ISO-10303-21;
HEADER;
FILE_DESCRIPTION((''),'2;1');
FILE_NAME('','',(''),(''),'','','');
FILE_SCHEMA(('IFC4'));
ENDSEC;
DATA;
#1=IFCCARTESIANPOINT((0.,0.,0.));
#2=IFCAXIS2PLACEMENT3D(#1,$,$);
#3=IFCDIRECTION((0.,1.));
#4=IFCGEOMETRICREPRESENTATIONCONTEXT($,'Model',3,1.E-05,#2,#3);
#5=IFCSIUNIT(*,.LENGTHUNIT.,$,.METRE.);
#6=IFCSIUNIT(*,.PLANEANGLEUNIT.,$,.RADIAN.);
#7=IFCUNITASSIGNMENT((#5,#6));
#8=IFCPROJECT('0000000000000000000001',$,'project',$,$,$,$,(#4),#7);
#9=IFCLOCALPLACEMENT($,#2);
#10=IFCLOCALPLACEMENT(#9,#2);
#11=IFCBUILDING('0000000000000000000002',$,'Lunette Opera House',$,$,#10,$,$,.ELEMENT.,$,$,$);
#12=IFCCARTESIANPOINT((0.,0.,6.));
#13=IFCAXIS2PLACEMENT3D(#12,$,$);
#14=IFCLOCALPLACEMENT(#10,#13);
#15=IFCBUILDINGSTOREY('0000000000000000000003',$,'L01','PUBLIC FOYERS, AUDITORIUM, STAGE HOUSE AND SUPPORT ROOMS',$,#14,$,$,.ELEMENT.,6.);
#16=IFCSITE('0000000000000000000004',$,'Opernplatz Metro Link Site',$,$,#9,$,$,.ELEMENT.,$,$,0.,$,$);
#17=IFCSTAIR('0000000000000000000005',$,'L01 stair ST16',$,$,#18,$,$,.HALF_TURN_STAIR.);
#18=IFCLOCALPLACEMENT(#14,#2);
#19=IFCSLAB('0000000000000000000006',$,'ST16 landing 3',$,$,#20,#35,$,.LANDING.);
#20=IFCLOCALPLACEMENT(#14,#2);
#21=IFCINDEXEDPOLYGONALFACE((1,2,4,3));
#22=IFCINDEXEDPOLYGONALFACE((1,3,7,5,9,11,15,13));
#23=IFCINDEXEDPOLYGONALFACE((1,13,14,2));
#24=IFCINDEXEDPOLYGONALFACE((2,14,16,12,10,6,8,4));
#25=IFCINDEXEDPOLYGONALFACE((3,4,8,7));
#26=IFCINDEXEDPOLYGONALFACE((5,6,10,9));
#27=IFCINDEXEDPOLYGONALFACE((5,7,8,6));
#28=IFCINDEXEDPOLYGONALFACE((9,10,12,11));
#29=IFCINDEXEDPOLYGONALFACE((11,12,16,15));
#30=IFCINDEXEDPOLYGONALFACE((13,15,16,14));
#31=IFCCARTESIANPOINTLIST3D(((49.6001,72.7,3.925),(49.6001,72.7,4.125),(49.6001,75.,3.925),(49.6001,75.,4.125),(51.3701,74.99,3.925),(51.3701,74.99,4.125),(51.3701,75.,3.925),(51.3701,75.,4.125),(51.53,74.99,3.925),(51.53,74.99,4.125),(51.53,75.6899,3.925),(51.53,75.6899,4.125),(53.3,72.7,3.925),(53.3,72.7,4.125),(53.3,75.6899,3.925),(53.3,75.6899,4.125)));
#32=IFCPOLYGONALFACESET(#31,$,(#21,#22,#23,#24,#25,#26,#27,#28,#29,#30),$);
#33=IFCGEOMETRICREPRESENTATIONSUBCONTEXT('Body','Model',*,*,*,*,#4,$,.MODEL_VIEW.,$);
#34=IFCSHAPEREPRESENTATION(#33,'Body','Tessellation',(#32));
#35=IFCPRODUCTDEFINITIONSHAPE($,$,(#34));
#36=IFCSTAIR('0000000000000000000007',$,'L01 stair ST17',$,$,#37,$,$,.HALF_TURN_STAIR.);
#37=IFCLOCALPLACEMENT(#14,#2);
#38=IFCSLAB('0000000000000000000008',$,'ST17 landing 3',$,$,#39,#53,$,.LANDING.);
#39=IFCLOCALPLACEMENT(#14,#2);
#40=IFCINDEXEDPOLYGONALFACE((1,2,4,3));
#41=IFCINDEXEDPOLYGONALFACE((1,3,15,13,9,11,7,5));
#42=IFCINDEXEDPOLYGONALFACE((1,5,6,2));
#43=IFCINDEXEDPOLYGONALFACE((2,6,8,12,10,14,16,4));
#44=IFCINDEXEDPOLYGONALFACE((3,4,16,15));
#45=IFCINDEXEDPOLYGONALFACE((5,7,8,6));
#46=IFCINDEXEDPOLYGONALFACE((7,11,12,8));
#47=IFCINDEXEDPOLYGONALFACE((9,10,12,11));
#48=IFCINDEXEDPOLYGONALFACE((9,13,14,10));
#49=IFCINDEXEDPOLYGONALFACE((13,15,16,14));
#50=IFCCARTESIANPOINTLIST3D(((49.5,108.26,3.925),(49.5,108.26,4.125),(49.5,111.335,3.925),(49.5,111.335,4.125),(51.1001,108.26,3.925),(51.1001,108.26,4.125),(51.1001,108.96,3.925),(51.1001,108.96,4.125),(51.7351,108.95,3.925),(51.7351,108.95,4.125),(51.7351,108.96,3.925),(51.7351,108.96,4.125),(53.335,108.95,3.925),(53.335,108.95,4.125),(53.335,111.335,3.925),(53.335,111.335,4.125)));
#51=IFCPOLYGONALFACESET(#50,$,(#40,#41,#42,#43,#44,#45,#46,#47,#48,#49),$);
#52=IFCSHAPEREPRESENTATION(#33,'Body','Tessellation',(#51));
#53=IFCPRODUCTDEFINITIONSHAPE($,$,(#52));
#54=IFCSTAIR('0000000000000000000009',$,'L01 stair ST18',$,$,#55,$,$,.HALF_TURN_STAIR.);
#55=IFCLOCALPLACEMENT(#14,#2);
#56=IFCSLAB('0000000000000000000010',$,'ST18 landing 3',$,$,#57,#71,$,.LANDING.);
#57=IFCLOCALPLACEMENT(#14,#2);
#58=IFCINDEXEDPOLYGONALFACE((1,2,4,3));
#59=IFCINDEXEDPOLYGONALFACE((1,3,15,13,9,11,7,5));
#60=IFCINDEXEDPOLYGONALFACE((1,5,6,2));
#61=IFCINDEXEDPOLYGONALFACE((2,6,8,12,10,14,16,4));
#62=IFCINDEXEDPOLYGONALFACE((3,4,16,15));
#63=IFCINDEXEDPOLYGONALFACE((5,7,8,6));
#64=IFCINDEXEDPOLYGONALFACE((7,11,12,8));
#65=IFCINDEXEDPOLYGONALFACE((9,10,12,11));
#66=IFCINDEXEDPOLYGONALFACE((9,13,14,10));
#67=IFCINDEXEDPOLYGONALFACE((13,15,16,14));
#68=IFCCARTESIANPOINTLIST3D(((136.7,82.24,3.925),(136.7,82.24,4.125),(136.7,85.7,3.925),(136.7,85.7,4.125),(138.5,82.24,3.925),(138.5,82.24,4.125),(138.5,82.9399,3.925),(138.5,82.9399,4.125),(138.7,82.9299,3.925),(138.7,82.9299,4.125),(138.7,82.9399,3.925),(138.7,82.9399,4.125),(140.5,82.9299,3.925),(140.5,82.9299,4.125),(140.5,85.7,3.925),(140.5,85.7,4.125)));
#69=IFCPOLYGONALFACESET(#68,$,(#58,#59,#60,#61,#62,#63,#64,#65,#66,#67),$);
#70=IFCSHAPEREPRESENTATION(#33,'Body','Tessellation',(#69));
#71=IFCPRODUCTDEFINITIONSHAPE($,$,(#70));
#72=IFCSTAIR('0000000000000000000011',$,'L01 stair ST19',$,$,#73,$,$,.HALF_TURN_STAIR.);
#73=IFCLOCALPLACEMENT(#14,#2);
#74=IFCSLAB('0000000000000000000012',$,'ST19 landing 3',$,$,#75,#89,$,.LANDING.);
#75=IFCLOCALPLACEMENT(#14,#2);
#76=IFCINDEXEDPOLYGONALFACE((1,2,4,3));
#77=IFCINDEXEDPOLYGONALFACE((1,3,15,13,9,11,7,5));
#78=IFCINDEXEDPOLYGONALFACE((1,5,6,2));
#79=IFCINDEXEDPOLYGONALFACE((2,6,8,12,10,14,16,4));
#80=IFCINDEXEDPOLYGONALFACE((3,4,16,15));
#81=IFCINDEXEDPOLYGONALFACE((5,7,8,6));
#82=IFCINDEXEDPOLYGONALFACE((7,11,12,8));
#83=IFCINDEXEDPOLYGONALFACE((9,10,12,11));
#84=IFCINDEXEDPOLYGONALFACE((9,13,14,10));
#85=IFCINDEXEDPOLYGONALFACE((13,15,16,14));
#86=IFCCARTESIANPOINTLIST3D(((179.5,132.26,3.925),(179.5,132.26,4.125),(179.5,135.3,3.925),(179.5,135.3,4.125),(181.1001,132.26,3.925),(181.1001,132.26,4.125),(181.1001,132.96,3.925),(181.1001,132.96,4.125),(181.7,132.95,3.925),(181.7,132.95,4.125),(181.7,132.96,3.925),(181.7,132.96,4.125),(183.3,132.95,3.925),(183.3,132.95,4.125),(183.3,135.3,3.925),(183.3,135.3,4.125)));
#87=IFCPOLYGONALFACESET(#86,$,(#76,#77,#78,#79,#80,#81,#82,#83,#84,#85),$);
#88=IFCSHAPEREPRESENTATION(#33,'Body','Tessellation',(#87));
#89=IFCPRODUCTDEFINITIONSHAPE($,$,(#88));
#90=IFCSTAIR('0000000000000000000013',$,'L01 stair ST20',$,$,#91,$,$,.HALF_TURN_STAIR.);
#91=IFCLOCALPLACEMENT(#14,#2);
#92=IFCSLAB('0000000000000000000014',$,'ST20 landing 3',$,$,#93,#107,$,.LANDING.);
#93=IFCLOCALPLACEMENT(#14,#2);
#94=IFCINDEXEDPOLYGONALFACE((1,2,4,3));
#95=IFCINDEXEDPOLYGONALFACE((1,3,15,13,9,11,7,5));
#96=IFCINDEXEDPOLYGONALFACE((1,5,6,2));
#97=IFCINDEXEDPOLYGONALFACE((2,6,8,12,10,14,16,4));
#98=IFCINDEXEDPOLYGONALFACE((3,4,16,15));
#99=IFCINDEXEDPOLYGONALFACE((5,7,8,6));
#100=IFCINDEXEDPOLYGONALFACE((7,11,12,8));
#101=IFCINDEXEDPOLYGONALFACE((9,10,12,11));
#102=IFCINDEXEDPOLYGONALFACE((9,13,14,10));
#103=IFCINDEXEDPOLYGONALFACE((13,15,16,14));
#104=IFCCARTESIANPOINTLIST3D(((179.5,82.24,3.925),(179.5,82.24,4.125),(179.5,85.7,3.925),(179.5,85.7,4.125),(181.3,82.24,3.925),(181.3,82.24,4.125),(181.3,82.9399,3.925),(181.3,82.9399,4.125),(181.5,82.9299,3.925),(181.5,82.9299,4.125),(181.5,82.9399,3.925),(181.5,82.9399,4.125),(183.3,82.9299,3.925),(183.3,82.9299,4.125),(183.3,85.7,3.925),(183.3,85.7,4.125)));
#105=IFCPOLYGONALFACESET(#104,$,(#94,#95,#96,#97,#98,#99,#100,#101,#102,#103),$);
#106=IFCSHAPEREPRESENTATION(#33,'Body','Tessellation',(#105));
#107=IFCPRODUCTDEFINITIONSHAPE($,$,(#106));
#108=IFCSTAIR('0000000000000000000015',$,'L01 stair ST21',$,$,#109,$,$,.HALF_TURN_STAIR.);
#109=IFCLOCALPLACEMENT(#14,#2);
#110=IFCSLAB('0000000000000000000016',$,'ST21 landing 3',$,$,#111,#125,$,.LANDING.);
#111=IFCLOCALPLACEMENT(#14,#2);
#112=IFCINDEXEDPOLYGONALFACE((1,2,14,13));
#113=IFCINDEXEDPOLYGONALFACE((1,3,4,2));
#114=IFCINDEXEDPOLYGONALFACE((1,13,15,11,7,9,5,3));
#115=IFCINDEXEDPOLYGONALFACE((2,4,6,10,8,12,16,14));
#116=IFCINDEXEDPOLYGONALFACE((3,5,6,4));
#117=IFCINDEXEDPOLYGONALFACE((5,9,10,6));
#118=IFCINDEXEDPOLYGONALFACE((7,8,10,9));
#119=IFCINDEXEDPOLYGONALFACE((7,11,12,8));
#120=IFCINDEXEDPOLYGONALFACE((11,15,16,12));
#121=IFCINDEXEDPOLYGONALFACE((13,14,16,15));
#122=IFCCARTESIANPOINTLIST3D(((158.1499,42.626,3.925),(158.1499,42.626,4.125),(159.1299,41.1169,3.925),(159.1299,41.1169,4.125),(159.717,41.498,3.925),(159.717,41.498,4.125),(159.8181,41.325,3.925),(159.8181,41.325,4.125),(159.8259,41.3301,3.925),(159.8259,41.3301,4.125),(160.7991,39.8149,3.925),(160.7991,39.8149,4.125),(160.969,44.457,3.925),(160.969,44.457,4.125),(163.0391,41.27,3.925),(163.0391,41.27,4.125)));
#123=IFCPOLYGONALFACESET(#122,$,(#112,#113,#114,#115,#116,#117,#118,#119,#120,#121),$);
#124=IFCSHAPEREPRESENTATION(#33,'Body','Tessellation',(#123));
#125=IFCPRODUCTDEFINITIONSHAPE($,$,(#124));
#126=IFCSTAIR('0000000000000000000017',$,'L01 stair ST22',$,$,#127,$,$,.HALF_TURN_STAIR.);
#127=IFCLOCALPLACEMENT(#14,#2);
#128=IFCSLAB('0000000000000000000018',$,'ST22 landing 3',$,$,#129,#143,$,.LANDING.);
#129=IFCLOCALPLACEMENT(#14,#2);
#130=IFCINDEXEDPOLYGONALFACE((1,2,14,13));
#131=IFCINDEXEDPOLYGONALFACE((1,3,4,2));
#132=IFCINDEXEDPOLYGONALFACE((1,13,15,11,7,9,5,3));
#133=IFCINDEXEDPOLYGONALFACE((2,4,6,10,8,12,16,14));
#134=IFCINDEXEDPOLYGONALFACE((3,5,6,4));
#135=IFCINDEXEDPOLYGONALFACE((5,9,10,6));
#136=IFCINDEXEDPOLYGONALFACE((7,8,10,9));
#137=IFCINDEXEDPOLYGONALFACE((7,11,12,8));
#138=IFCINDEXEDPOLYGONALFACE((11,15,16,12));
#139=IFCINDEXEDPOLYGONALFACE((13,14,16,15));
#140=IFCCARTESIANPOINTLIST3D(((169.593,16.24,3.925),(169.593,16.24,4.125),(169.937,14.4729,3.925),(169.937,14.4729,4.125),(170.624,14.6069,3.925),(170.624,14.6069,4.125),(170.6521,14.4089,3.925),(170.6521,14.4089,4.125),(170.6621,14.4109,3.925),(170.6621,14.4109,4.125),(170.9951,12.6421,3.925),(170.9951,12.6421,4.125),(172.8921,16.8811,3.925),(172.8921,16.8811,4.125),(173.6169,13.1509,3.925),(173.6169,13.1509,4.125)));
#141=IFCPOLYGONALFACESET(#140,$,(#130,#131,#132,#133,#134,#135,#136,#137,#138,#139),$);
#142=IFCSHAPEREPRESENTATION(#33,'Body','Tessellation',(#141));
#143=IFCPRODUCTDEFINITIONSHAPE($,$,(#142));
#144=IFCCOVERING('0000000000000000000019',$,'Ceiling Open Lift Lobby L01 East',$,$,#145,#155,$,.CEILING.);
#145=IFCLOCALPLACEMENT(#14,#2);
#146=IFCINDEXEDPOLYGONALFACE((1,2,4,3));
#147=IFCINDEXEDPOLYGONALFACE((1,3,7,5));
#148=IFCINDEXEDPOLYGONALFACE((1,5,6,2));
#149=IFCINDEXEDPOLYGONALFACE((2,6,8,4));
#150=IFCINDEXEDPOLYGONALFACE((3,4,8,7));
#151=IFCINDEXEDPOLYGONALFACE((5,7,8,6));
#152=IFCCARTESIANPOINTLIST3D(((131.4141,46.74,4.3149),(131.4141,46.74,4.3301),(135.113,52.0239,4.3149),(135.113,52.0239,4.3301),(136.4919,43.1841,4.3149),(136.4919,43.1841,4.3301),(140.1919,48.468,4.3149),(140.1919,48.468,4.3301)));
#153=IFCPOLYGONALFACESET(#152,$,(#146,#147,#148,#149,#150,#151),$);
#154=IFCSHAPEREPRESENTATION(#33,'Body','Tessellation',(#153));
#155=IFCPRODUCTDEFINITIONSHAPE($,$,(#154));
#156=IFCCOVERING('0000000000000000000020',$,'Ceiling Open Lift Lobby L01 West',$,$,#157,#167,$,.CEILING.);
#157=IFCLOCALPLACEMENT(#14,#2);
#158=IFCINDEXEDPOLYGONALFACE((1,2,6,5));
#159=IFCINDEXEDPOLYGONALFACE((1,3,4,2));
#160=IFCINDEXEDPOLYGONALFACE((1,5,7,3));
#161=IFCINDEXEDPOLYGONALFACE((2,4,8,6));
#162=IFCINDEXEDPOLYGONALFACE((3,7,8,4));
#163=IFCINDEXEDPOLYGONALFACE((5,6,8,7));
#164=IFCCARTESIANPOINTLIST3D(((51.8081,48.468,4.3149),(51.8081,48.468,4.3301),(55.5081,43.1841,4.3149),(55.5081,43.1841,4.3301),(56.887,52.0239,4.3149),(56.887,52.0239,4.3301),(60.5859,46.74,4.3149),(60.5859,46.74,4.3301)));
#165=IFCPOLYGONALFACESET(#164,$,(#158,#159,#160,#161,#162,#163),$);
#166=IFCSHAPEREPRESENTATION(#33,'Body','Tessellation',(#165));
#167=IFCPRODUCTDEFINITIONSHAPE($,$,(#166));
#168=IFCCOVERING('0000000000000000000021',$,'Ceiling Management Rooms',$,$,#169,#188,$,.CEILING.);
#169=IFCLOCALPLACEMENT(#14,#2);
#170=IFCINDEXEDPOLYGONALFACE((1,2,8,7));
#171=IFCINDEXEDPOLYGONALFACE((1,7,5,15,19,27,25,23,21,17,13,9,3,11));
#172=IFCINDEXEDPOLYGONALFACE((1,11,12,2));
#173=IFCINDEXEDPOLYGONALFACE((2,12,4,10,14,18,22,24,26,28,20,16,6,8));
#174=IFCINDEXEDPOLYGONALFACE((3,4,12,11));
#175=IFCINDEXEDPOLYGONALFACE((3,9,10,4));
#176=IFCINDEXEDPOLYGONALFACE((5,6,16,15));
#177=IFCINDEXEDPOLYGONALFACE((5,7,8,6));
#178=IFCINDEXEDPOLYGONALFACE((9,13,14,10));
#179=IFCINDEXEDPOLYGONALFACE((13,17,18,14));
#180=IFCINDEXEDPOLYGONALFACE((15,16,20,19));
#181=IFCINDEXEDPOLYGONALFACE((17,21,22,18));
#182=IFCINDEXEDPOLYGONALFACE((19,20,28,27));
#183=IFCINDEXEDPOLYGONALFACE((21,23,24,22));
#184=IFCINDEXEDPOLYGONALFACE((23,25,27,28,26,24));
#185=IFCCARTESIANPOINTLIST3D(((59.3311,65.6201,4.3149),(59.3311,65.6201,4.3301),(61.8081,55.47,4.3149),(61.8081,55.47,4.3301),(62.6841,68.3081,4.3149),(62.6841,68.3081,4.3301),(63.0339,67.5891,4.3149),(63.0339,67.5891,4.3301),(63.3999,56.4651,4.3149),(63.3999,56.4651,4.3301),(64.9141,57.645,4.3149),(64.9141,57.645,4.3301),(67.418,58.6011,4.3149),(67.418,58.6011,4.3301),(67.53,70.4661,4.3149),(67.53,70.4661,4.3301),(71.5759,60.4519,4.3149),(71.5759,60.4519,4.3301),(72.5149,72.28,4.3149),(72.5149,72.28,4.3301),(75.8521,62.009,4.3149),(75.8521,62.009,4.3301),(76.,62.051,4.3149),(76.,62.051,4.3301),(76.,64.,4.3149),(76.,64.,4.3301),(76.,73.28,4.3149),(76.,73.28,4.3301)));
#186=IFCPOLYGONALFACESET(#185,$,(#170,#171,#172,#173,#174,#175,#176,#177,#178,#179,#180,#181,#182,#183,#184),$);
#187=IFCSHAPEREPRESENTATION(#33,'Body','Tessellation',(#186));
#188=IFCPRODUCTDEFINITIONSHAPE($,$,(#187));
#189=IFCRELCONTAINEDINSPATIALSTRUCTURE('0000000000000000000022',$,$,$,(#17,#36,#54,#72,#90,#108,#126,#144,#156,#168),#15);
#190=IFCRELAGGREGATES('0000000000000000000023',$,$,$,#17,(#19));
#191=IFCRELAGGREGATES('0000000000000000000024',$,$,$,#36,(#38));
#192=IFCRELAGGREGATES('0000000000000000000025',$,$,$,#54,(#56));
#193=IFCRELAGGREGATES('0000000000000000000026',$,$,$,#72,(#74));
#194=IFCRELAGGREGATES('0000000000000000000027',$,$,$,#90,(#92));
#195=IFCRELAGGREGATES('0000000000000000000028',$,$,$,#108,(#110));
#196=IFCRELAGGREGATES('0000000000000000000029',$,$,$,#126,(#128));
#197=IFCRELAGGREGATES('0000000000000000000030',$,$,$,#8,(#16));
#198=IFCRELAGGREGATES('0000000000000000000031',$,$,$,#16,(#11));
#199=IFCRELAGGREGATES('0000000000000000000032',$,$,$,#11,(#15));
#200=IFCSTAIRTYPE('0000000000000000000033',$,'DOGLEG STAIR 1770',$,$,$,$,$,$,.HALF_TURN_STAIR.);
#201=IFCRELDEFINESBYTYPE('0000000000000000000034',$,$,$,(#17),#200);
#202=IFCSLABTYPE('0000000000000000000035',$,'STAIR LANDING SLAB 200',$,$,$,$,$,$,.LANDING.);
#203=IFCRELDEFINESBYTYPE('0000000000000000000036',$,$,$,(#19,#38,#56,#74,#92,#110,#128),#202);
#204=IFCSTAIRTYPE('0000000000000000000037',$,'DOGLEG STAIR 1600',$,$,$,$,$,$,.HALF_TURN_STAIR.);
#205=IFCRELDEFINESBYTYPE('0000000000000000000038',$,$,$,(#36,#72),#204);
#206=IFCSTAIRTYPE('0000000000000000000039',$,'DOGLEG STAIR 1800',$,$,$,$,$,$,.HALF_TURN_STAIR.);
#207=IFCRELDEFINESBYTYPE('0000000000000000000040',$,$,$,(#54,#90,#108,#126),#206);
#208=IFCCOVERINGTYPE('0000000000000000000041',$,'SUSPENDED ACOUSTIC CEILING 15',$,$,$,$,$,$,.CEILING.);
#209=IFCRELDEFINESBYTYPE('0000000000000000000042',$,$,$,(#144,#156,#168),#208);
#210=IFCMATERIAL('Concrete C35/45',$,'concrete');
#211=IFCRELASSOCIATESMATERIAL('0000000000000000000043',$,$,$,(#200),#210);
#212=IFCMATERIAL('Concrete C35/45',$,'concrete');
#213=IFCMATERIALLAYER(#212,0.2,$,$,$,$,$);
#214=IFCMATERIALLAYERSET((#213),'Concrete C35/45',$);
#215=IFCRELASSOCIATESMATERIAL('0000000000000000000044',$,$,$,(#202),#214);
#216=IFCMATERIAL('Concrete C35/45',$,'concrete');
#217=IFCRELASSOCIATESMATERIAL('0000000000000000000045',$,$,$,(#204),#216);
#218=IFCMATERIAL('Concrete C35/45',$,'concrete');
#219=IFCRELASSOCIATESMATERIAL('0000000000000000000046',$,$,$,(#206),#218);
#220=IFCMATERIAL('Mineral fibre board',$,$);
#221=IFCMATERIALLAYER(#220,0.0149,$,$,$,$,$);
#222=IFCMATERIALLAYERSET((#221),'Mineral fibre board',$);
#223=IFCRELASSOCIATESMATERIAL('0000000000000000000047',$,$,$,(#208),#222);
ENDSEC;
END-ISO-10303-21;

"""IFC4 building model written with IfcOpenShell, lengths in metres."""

from ifc_helpers import new_model, si_unit, direction, frame, origin, place, context, subcontext, project, spatial, polyline, outline, extrude, material, layer, layer_set, type_object, element, aggregate, save


model = new_model("IFC4")

# Units and contexts
model_context = context("Model", 3, precision=1e-05, world=origin(), true_north=direction((0.0, 1.0)))
body_context = subcontext(model_context, "Body", "Model", "MODEL_VIEW")
ifc_project = project(units=[si_unit("LENGTHUNIT", "METRE"), si_unit("PLANEANGLEUNIT", "RADIAN")], contexts=[model_context])

# Site, building, storey
site_placement = place(None, origin())
site = spatial("IfcSite", under=ifc_project, at=site_placement, Name="Opernplatz Metro Link Site", CompositionType="ELEMENT", RefElevation=0.0)
building_placement = place(site_placement, origin())
building = spatial("IfcBuilding", under=site, at=building_placement, Name="Lunette Opera House", CompositionType="ELEMENT")
storey_placement = place(building_placement, frame((0.0, 0.0, 6.0)))
storey = spatial("IfcBuildingStorey", under=building, at=storey_placement, Name="L01", Description="PUBLIC FOYERS, AUDITORIUM, STAGE HOUSE AND SUPPORT ROOMS", CompositionType="ELEMENT", Elevation=6.0)

# Stairs, slabs
ifc_material_1 = material(Name="Concrete C35/45", Category="concrete")
stair_type_1 = type_object("IfcStairType", Name="DOGLEG STAIR 1770", PredefinedType="HALF_TURN_STAIR", material=ifc_material_1)
stair_1_placement = place(storey_placement, origin())
stair_1 = element("IfcStair", 1, at=stair_1_placement, inside=storey, type_object=stair_type_1, Name="L01 stair ST16", PredefinedType="HALF_TURN_STAIR")
ifc_material_2 = material(Name="Concrete C35/45", Category="concrete")
ifc_layer_1 = layer(ifc_material_2, 0.2)
ifc_layer_set_1 = layer_set([ifc_layer_1], Name="Concrete C35/45")
slab_type = type_object("IfcSlabType", Name="STAIR LANDING SLAB 200", PredefinedType="LANDING", material=ifc_layer_set_1)
slab_1_placement = place(storey_placement, frame((0.0, 0.0, 3.925)))
slab_1 = element("IfcSlab", 2, at=slab_1_placement, type_object=slab_type, Name="ST16 landing 3", PredefinedType="LANDING", context=body_context, shape_type="SweptSolid", body=[
    extrude(outline(polyline([(49.6001, 72.7), (49.6001, 75.0), (51.3701, 75.0), (51.3701, 74.99), (51.53, 74.99), (51.53, 75.6899), (53.3, 75.6899), (53.3, 72.7), (49.6001, 72.7)])), origin(), (0.0, 0.0, 1.0), 0.2),
])
aggregate(stair_1, [slab_1])
ifc_material_3 = material(Name="Concrete C35/45", Category="concrete")
stair_type_2 = type_object("IfcStairType", Name="DOGLEG STAIR 1600", PredefinedType="HALF_TURN_STAIR", material=ifc_material_3)
stair_2_placement = place(storey_placement, origin())
stair_2 = element("IfcStair", 3, at=stair_2_placement, inside=storey, type_object=stair_type_2, Name="L01 stair ST17", PredefinedType="HALF_TURN_STAIR")
slab_2_placement = place(storey_placement, frame((0.0, 0.0, 3.925)))
slab_2 = element("IfcSlab", 4, at=slab_2_placement, type_object=slab_type, Name="ST17 landing 3", PredefinedType="LANDING", context=body_context, shape_type="SweptSolid", body=[
    extrude(outline(polyline([(53.335, 108.95), (51.7351, 108.95), (51.7351, 108.96), (51.1001, 108.96), (51.1001, 108.26), (49.5, 108.26), (49.5, 111.335), (53.335, 111.335), (53.335, 108.95)])), origin(), (0.0, 0.0, 1.0), 0.2),
])
aggregate(stair_2, [slab_2])
ifc_material_4 = material(Name="Concrete C35/45", Category="concrete")
stair_type_3 = type_object("IfcStairType", Name="DOGLEG STAIR 1800", PredefinedType="HALF_TURN_STAIR", material=ifc_material_4)
stair_3_placement = place(storey_placement, origin())
stair_3 = element("IfcStair", 5, at=stair_3_placement, inside=storey, type_object=stair_type_3, Name="L01 stair ST18", PredefinedType="HALF_TURN_STAIR")
slab_3_placement = place(storey_placement, frame((0.0, 0.0, 3.925)))
slab_3 = element("IfcSlab", 6, at=slab_3_placement, type_object=slab_type, Name="ST18 landing 3", PredefinedType="LANDING", context=body_context, shape_type="SweptSolid", body=[
    extrude(outline(polyline([(140.5, 82.9299), (138.7, 82.9299), (138.7, 82.9399), (138.5, 82.9399), (138.5, 82.24), (136.7, 82.24), (136.7, 85.7), (140.5, 85.7), (140.5, 82.9299)])), origin(), (0.0, 0.0, 1.0), 0.2),
])
aggregate(stair_3, [slab_3])
stair_4_placement = place(storey_placement, origin())
stair_4 = element("IfcStair", 7, at=stair_4_placement, inside=storey, type_object=stair_type_2, Name="L01 stair ST19", PredefinedType="HALF_TURN_STAIR")
slab_4_placement = place(storey_placement, frame((0.0, 0.0, 3.925)))
slab_4 = element("IfcSlab", 8, at=slab_4_placement, type_object=slab_type, Name="ST19 landing 3", PredefinedType="LANDING", context=body_context, shape_type="SweptSolid", body=[
    extrude(outline(polyline([(183.3, 132.95), (181.7, 132.95), (181.7, 132.96), (181.1001, 132.96), (181.1001, 132.26), (179.5, 132.26), (179.5, 135.3), (183.3, 135.3), (183.3, 132.95)])), origin(), (0.0, 0.0, 1.0), 0.2),
])
aggregate(stair_4, [slab_4])
stair_5_placement = place(storey_placement, origin())
stair_5 = element("IfcStair", 9, at=stair_5_placement, inside=storey, type_object=stair_type_3, Name="L01 stair ST20", PredefinedType="HALF_TURN_STAIR")
slab_5_placement = place(storey_placement, frame((0.0, 0.0, 3.925)))
slab_5 = element("IfcSlab", 10, at=slab_5_placement, type_object=slab_type, Name="ST20 landing 3", PredefinedType="LANDING", context=body_context, shape_type="SweptSolid", body=[
    extrude(outline(polyline([(183.3, 82.9299), (181.5, 82.9299), (181.5, 82.9399), (181.3, 82.9399), (181.3, 82.24), (179.5, 82.24), (179.5, 85.7), (183.3, 85.7), (183.3, 82.9299)])), origin(), (0.0, 0.0, 1.0), 0.2),
])
aggregate(stair_5, [slab_5])
stair_6_placement = place(storey_placement, origin())
stair_6 = element("IfcStair", 11, at=stair_6_placement, inside=storey, type_object=stair_type_3, Name="L01 stair ST21", PredefinedType="HALF_TURN_STAIR")
slab_6_placement = place(storey_placement, frame((0.0, 0.0, 3.925)))
slab_6 = element("IfcSlab", 12, at=slab_6_placement, type_object=slab_type, Name="ST21 landing 3", PredefinedType="LANDING", context=body_context, shape_type="SweptSolid", body=[
    extrude(outline(polyline([(160.7991, 39.8149), (159.8181, 41.325), (159.8259, 41.3301), (159.717, 41.498), (159.1299, 41.1169), (158.1499, 42.626), (160.969, 44.457), (163.0391, 41.27), (160.7991, 39.8149)])), origin(), (0.0, 0.0, 1.0), 0.2),
])
aggregate(stair_6, [slab_6])
stair_7_placement = place(storey_placement, origin())
stair_7 = element("IfcStair", 13, at=stair_7_placement, inside=storey, type_object=stair_type_3, Name="L01 stair ST22", PredefinedType="HALF_TURN_STAIR")
slab_7_placement = place(storey_placement, frame((0.0, 0.0, 3.925)))
slab_7 = element("IfcSlab", 14, at=slab_7_placement, type_object=slab_type, Name="ST22 landing 3", PredefinedType="LANDING", context=body_context, shape_type="SweptSolid", body=[
    extrude(outline(polyline([(173.6169, 13.1509), (170.9951, 12.6421), (170.6521, 14.4089), (170.6621, 14.4109), (170.624, 14.6069), (169.937, 14.4729), (169.593, 16.24), (172.8921, 16.8811), (173.6169, 13.1509)])), origin(), (0.0, 0.0, 1.0), 0.2),
])
aggregate(stair_7, [slab_7])

# Coverings
ifc_material_5 = material(Name="Mineral fibre board")
ifc_layer_2 = layer(ifc_material_5, 0.0149)
ifc_layer_set_2 = layer_set([ifc_layer_2], Name="Mineral fibre board")
covering_type = type_object("IfcCoveringType", Name="SUSPENDED ACOUSTIC CEILING 15", PredefinedType="CEILING", material=ifc_layer_set_2)
covering_1_placement = place(storey_placement, frame((0.0, 0.0, 4.3149)))
element("IfcCovering", 15, at=covering_1_placement, inside=storey, type_object=covering_type, Name="Ceiling Open Lift Lobby L01 East", PredefinedType="CEILING", context=body_context, shape_type="SweptSolid", body=[
    extrude(outline(polyline([(131.4141, 46.74), (136.4919, 43.1841), (140.1919, 48.468), (135.113, 52.0239), (131.4141, 46.74)])), origin(), (0.0, 0.0, 1.0), 0.0151),
])
covering_2_placement = place(storey_placement, frame((0.0, 0.0, 4.3149)))
element("IfcCovering", 16, at=covering_2_placement, inside=storey, type_object=covering_type, Name="Ceiling Open Lift Lobby L01 West", PredefinedType="CEILING", context=body_context, shape_type="SweptSolid", body=[
    extrude(outline(polyline([(60.5859, 46.74), (56.887, 52.0239), (51.8081, 48.468), (55.5081, 43.1841), (60.5859, 46.74)])), origin(), (0.0, 0.0, 1.0), 0.0151),
])
covering_3_placement = place(storey_placement, frame((0.0, 0.0, 4.3149)))
element("IfcCovering", 17, at=covering_3_placement, inside=storey, type_object=covering_type, Name="Ceiling Management Rooms", PredefinedType="CEILING", context=body_context, shape_type="SweptSolid", body=[
    extrude(outline(polyline([(62.6841, 68.3081), (67.53, 70.4661), (72.5149, 72.28), (76.0, 73.28), (76.0, 64.0), (76.0, 62.051), (75.8521, 62.009), (71.5759, 60.4519), (67.418, 58.6011), (63.3999, 56.4651), (61.8081, 55.47), (64.9141, 57.645), (59.3311, 65.6201), (63.0339, 67.5891), (62.6841, 68.3081)])), origin(), (0.0, 0.0, 1.0), 0.0151),
])

save(model, "model.ifc")
